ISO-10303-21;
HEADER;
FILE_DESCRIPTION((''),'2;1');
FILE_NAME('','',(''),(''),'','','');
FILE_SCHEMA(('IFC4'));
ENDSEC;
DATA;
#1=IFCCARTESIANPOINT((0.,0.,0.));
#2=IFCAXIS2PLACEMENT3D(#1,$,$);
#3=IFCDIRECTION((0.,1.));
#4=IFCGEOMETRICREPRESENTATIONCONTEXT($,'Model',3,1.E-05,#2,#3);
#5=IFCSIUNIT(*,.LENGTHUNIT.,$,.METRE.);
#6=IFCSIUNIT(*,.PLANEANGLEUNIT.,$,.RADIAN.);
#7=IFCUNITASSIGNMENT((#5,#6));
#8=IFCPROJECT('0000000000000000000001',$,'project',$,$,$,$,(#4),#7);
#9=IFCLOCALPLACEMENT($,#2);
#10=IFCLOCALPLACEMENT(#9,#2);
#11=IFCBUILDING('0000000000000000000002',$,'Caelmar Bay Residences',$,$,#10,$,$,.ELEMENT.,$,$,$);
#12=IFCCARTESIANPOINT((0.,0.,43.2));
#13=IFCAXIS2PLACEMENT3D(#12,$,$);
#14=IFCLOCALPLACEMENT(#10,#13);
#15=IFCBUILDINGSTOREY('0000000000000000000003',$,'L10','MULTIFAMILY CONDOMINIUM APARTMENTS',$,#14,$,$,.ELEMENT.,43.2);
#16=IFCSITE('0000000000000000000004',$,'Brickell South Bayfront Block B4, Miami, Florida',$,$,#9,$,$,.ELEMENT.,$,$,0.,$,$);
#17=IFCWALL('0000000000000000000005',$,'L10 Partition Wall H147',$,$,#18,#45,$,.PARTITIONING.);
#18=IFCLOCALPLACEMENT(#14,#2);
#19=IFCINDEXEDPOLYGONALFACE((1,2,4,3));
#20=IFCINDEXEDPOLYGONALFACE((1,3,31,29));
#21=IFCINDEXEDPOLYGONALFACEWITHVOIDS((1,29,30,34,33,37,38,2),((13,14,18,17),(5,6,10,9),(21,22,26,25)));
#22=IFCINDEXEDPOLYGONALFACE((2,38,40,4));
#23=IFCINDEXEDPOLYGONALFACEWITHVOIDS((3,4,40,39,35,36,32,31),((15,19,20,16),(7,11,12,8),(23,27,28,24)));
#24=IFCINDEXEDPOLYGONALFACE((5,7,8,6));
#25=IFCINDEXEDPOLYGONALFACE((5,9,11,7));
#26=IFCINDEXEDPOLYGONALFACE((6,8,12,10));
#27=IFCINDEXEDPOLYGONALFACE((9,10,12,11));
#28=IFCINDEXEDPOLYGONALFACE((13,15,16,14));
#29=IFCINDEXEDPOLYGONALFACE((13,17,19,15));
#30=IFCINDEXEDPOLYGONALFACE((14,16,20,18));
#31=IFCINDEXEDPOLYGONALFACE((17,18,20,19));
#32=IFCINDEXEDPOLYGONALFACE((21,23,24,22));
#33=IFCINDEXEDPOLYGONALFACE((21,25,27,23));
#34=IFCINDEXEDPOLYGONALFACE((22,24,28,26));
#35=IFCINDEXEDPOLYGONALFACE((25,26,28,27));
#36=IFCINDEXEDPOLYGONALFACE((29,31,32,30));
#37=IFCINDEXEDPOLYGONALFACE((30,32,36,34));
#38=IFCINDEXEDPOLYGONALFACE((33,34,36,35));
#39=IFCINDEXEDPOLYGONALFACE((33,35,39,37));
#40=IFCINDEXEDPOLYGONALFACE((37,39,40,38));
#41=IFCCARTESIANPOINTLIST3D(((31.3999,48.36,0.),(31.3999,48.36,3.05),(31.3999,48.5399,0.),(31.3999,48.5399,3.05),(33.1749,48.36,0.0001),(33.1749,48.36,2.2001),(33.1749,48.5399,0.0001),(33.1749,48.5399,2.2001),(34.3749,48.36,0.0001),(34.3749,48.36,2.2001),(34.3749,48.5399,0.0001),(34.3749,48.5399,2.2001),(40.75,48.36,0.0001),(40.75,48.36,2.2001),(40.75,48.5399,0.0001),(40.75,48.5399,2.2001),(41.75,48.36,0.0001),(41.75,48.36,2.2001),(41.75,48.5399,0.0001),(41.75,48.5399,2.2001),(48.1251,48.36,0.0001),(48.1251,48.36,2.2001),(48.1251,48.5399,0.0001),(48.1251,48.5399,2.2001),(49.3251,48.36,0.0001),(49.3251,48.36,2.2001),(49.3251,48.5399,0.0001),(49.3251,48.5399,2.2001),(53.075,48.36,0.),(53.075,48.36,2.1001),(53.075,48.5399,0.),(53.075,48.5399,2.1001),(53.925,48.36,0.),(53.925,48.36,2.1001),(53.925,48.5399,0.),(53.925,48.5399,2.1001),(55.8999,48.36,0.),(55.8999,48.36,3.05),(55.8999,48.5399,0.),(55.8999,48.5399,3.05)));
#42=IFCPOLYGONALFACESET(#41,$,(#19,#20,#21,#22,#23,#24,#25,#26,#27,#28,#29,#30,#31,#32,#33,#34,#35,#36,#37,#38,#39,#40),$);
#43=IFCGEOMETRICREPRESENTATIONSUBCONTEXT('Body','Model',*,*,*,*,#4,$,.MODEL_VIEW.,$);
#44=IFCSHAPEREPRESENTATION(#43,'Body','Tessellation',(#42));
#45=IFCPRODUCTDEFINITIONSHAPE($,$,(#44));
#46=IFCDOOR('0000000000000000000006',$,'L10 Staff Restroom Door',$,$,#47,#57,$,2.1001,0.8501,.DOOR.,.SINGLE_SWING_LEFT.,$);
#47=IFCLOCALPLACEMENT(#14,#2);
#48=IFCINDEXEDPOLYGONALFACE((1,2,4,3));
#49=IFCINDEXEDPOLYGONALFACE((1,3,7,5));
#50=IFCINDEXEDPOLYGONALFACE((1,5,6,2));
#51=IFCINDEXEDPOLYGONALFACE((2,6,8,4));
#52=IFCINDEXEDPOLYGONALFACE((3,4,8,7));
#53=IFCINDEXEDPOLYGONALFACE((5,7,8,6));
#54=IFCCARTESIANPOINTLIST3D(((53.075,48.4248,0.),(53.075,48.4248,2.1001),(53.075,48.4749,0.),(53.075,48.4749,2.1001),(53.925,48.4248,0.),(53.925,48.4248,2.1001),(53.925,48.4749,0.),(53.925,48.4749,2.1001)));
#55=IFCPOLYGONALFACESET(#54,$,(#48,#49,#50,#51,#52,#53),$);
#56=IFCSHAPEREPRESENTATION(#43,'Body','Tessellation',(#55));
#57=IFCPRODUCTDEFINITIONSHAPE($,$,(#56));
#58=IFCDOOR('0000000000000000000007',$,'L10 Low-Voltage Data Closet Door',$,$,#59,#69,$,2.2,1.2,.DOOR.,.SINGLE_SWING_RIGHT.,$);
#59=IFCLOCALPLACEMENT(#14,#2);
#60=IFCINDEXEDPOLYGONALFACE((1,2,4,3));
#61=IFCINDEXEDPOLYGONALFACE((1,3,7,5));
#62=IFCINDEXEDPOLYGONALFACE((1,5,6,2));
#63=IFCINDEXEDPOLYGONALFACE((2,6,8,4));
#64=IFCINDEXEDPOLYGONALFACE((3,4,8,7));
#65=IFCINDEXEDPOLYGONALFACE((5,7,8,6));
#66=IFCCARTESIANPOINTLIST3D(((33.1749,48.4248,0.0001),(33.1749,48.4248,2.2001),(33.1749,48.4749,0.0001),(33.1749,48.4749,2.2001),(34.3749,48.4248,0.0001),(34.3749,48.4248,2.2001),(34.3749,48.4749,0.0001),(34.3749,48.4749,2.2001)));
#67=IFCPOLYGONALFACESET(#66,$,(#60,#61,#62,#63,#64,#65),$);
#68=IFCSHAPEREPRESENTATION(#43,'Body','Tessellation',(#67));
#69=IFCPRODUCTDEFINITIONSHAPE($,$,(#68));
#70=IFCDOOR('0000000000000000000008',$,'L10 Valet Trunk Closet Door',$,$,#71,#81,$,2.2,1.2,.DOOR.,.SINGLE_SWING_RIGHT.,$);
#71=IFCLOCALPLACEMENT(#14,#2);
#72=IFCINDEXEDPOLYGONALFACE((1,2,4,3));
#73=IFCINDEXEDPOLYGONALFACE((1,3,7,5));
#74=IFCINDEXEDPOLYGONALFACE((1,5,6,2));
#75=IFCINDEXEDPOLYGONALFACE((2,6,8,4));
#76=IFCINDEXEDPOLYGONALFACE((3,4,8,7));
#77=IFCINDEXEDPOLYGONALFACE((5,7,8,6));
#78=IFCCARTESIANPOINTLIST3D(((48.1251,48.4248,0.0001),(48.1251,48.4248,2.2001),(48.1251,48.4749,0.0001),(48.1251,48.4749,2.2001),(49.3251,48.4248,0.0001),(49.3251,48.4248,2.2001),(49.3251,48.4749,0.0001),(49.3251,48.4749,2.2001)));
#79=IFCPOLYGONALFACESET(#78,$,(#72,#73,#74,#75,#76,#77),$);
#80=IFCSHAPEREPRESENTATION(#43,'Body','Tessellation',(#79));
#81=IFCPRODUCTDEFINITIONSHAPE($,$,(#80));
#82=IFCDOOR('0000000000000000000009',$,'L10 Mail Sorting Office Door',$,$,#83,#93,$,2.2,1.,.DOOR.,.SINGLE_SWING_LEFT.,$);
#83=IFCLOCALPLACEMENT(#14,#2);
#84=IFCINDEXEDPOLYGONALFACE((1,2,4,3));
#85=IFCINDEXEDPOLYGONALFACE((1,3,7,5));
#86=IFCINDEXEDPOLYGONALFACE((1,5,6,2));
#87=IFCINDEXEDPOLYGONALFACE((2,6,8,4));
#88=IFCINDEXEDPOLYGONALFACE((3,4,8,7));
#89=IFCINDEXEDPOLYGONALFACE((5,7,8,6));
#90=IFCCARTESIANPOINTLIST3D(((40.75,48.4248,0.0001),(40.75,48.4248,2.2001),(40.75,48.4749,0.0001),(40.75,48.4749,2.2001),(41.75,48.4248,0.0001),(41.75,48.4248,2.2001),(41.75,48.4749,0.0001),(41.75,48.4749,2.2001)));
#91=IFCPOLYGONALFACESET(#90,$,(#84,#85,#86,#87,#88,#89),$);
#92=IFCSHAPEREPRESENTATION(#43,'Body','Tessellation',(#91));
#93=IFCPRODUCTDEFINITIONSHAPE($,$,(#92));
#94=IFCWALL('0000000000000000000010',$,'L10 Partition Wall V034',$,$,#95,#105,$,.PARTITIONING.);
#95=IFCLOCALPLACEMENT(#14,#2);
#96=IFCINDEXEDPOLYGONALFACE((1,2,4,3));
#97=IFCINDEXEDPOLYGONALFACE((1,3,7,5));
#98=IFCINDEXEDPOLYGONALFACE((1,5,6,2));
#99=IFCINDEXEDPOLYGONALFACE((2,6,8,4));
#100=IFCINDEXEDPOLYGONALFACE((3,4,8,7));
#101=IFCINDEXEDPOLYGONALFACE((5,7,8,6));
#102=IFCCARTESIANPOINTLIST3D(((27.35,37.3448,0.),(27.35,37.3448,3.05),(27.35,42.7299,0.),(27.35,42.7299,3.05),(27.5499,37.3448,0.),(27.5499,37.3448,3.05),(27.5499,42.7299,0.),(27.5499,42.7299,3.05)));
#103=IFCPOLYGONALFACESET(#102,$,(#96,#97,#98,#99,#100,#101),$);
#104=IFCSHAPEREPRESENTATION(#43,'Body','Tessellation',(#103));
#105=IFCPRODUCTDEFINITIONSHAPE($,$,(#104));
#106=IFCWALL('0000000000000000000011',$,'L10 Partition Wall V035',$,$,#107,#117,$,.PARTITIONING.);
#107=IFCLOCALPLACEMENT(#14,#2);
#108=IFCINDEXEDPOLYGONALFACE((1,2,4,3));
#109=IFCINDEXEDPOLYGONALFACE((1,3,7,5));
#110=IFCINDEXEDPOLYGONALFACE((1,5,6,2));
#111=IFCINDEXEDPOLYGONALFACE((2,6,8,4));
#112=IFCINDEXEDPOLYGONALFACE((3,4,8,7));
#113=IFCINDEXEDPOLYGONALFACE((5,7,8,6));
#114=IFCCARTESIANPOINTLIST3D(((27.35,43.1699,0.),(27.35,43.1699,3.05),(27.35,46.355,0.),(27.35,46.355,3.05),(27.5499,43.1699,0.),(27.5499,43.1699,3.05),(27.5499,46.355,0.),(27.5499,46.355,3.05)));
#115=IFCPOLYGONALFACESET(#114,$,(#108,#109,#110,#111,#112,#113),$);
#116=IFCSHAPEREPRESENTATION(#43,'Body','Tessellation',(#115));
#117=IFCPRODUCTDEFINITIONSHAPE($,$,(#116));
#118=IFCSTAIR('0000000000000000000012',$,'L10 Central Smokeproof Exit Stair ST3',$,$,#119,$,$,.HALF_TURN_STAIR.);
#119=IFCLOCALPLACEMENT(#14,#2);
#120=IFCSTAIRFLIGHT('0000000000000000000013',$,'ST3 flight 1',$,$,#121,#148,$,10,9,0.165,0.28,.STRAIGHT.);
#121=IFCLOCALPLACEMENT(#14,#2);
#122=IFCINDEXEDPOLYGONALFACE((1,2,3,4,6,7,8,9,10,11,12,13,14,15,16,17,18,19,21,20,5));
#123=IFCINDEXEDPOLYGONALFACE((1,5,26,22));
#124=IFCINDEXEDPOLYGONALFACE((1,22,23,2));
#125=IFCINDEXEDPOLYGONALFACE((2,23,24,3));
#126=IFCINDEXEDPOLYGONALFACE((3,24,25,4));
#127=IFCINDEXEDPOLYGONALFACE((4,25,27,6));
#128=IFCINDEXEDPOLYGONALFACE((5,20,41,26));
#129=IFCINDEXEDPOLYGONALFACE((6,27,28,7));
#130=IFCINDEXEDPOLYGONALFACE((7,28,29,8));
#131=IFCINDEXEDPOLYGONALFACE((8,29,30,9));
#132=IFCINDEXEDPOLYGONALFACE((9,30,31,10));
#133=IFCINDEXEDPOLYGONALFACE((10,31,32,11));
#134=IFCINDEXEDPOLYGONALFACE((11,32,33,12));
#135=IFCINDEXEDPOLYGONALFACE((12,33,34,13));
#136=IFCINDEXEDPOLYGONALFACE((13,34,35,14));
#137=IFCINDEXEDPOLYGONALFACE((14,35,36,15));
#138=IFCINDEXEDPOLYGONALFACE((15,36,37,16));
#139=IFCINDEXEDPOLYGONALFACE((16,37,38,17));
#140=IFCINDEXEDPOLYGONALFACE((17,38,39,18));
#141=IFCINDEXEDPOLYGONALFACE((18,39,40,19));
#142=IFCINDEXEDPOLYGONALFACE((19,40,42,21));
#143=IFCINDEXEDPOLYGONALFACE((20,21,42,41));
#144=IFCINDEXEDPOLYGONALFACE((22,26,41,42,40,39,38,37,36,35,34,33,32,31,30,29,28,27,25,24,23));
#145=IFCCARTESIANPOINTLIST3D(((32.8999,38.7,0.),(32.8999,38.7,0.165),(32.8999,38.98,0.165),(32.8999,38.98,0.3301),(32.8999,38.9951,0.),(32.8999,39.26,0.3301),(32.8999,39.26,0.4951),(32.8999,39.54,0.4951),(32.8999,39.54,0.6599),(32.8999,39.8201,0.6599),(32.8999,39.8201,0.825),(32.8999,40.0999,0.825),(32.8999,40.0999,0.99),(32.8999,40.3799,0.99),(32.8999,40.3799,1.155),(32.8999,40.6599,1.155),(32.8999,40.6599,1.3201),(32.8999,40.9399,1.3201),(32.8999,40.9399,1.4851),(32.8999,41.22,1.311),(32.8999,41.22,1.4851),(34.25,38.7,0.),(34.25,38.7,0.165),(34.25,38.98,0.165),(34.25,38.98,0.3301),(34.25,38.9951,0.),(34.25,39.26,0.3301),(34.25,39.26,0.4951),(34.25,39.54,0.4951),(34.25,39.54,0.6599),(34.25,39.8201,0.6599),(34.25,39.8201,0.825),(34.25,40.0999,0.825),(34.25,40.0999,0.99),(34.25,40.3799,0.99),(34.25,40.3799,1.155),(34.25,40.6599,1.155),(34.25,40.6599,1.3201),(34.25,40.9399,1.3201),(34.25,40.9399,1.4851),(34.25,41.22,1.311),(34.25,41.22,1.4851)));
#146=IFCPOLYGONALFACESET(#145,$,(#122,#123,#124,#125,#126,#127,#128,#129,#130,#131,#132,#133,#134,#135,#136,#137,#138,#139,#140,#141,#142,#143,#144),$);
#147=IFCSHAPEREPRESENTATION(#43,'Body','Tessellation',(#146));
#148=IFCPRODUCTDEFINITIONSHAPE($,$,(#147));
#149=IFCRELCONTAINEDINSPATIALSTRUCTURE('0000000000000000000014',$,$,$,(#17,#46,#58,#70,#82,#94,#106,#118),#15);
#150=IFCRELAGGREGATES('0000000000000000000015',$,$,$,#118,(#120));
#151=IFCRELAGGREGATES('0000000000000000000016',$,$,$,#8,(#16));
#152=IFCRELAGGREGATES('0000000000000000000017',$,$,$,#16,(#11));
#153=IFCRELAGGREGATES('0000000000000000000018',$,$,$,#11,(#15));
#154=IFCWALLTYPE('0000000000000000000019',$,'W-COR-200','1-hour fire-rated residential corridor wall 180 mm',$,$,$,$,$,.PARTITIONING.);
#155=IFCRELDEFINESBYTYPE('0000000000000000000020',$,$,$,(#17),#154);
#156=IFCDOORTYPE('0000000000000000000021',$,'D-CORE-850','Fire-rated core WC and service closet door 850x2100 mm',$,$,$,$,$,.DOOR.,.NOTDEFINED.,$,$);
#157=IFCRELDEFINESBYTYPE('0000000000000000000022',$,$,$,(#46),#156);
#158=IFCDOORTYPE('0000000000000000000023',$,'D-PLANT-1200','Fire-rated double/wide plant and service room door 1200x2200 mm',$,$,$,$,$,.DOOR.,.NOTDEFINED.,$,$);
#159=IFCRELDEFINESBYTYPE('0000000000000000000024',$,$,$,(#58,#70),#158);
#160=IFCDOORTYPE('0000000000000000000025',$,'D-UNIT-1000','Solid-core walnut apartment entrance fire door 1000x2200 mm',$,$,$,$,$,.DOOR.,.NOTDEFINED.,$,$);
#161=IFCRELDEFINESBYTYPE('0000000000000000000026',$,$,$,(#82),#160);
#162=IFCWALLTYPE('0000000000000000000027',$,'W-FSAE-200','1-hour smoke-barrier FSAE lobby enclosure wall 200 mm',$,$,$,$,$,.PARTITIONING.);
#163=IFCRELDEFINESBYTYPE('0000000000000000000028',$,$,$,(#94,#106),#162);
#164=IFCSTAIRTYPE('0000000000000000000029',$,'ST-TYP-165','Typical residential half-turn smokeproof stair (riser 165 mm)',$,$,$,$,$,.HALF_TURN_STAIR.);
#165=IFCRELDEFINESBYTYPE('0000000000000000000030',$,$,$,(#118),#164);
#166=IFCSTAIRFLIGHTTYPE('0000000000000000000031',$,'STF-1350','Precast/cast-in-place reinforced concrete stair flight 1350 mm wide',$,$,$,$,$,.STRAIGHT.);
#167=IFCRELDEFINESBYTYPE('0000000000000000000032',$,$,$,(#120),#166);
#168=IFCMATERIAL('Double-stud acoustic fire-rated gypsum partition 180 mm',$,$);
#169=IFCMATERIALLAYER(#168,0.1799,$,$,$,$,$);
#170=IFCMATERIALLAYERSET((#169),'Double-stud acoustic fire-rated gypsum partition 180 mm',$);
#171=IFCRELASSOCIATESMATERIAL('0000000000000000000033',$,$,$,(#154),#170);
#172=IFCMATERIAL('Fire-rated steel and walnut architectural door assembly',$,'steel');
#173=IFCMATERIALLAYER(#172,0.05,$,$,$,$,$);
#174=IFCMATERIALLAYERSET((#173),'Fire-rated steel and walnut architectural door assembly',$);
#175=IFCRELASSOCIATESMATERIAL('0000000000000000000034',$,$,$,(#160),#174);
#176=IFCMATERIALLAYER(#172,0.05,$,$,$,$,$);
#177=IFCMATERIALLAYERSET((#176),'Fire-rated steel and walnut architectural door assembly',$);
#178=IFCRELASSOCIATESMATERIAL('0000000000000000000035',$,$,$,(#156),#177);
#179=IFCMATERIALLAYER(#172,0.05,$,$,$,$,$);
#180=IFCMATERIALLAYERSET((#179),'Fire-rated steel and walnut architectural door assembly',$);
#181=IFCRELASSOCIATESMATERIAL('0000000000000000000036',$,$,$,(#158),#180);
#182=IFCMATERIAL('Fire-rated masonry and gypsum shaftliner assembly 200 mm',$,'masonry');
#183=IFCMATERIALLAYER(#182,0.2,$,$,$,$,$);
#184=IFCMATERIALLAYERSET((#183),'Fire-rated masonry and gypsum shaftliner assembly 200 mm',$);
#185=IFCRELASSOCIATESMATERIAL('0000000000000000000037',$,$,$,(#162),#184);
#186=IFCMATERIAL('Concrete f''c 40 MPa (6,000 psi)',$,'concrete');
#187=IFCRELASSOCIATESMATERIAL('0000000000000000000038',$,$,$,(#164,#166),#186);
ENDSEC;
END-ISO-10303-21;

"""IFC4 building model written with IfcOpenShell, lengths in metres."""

from ifc_helpers import new_model, si_unit, direction, frame, frame_2d, origin, place, context, subcontext, project, spatial, polyline, rectangle, outline, extrude, material, layer, layer_set, type_object, element, fill, aggregate, save


model = new_model("IFC4")

# Units and contexts
model_context = context("Model", 3, precision=1e-05, world=origin(), true_north=direction((0.0, 1.0)))
body_context = subcontext(model_context, "Body", "Model", "MODEL_VIEW")
ifc_project = project(units=[si_unit("LENGTHUNIT", "METRE"), si_unit("PLANEANGLEUNIT", "RADIAN")], contexts=[model_context])

# Site, building, storey
site_placement = place(None, origin())
site = spatial("IfcSite", under=ifc_project, at=site_placement, Name="Brickell South Bayfront Block B4, Miami, Florida", CompositionType="ELEMENT", RefElevation=0.0)
building_placement = place(site_placement, origin())
building = spatial("IfcBuilding", under=site, at=building_placement, Name="Caelmar Bay Residences", CompositionType="ELEMENT")
storey_placement = place(building_placement, frame((0.0, 0.0, 43.2)))
storey = spatial("IfcBuildingStorey", under=building, at=storey_placement, Name="L10", Description="MULTIFAMILY CONDOMINIUM APARTMENTS", CompositionType="ELEMENT", Elevation=43.2)

# Shared definitions
ifc_material_1 = material(Name="Double-stud acoustic fire-rated gypsum partition 180 mm")
ifc_layer_1 = layer(ifc_material_1, 0.1799)
ifc_layer_set_1 = layer_set([ifc_layer_1], Name="Double-stud acoustic fire-rated gypsum partition 180 mm")
wall_type_1 = type_object("IfcWallType", Name="W-COR-200", Description="1-hour fire-rated residential corridor wall 180 mm", PredefinedType="PARTITIONING", material=ifc_layer_set_1)

# Wall, openings, doors
ifc_material_2 = material(Name="Fire-rated steel and walnut architectural door assembly", Category="steel")
ifc_layer_2 = layer(ifc_material_2, 0.05)
ifc_layer_set_2 = layer_set([ifc_layer_2], Name="Fire-rated steel and walnut architectural door assembly")
door_type_1 = type_object("IfcDoorType", Name="D-UNIT-1000", Description="Solid-core walnut apartment entrance fire door 1000x2200 mm", OperationType="NOTDEFINED", PredefinedType="DOOR", material=ifc_layer_set_2)
wall_1_placement = place(storey_placement, frame((31.3999, 48.45, 0.0), z_axis=(0.0, 0.0, 1.0), x_axis=(1.0, 0.0, 0.0)))
wall_1 = element("IfcWall", 1, at=wall_1_placement, inside=storey, type_object=wall_type_1, Name="L10 Partition Wall H147", PredefinedType="PARTITIONING", context=body_context, shape_type="SweptSolid", body=[
    extrude(rectangle(XDim=24.5, YDim=0.1799, at=frame_2d((12.25, 0.0))), origin(), (0.0, 0.0, 1.0), 3.05),
])
opening_1_placement = place(wall_1_placement, frame((1.7749, 0.0, 0.0)))
opening_1 = element("IfcOpeningElement", 2, at=opening_1_placement, cuts=wall_1, PredefinedType="OPENING", context=body_context, shape_type="SweptSolid", body=[
    extrude(rectangle(XDim=1.2, YDim=2.2, at=frame_2d((0.6001, 1.1001))), frame((0.0, 0.0999, 0.0), z_axis=(0.0, -1.0, 0.0), x_axis=(1.0, 0.0, 0.0)), (0.0, 0.0, 1.0), 0.2),
])
opening_2_placement = place(wall_1_placement, frame((9.3501, 0.0, 0.0)))
opening_2 = element("IfcOpeningElement", 3, at=opening_2_placement, cuts=wall_1, PredefinedType="OPENING", context=body_context, shape_type="SweptSolid", body=[
    extrude(rectangle(XDim=1.0, YDim=2.2, at=frame_2d((0.5, 1.1001))), frame((0.0, 0.0999, 0.0), z_axis=(0.0, -1.0, 0.0), x_axis=(1.0, 0.0, 0.0)), (0.0, 0.0, 1.0), 0.2),
])
opening_3_placement = place(wall_1_placement, frame((16.7251, 0.0, 0.0)))
opening_3 = element("IfcOpeningElement", 4, at=opening_3_placement, cuts=wall_1, PredefinedType="OPENING", context=body_context, shape_type="SweptSolid", body=[
    extrude(rectangle(XDim=1.2, YDim=2.2, at=frame_2d((0.6001, 1.1001))), frame((0.0, 0.0999, 0.0), z_axis=(0.0, -1.0, 0.0), x_axis=(1.0, 0.0, 0.0)), (0.0, 0.0, 1.0), 0.2),
])
opening_4_placement = place(wall_1_placement, frame((21.675, 0.0, 0.0)))
opening_4 = element("IfcOpeningElement", 5, at=opening_4_placement, cuts=wall_1, PredefinedType="OPENING", context=body_context, shape_type="SweptSolid", body=[
    extrude(rectangle(XDim=0.8501, YDim=2.1001, at=frame_2d((0.425, 1.05))), frame((0.0, 0.0999, 0.0), z_axis=(0.0, -1.0, 0.0), x_axis=(1.0, 0.0, 0.0)), (0.0, 0.0, 1.0), 0.2),
])
ifc_layer_3 = layer(ifc_material_2, 0.05)
ifc_layer_set_3 = layer_set([ifc_layer_3], Name="Fire-rated steel and walnut architectural door assembly")
door_type_2 = type_object("IfcDoorType", Name="D-CORE-850", Description="Fire-rated core WC and service closet door 850x2100 mm", OperationType="NOTDEFINED", PredefinedType="DOOR", material=ifc_layer_set_3)
door_1_placement = place(opening_4_placement, origin())
door_1 = element("IfcDoor", 6, at=door_1_placement, inside=storey, type_object=door_type_2, Name="L10 Staff Restroom Door", OperationType="SINGLE_SWING_LEFT", OverallHeight=2.1001, OverallWidth=0.8501, PredefinedType="DOOR", context=body_context, shape_type="SweptSolid", body=[
    extrude(rectangle(XDim=0.8501, YDim=2.1001, at=frame_2d((0.425, 1.05))), frame((0.0, 0.0249, 0.0), z_axis=(0.0, -1.0, 0.0), x_axis=(1.0, 0.0, 0.0)), (0.0, 0.0, 1.0), 0.05),
])
fill(opening_4, door_1)
ifc_layer_4 = layer(ifc_material_2, 0.05)
ifc_layer_set_4 = layer_set([ifc_layer_4], Name="Fire-rated steel and walnut architectural door assembly")
door_type_3 = type_object("IfcDoorType", Name="D-PLANT-1200", Description="Fire-rated double/wide plant and service room door 1200x2200 mm", OperationType="NOTDEFINED", PredefinedType="DOOR", material=ifc_layer_set_4)
door_2_placement = place(opening_1_placement, origin())
door_2 = element("IfcDoor", 7, at=door_2_placement, inside=storey, type_object=door_type_3, Name="L10 Low-Voltage Data Closet Door", OperationType="SINGLE_SWING_RIGHT", OverallHeight=2.2, OverallWidth=1.2, PredefinedType="DOOR", context=body_context, shape_type="SweptSolid", body=[
    extrude(rectangle(XDim=1.2, YDim=2.2, at=frame_2d((0.6001, 1.1001))), frame((0.0, 0.0249, 0.0), z_axis=(0.0, -1.0, 0.0), x_axis=(1.0, 0.0, 0.0)), (0.0, 0.0, 1.0), 0.05),
])
fill(opening_1, door_2)
door_3_placement = place(opening_3_placement, origin())
door_3 = element("IfcDoor", 8, at=door_3_placement, inside=storey, type_object=door_type_3, Name="L10 Valet Trunk Closet Door", OperationType="SINGLE_SWING_RIGHT", OverallHeight=2.2, OverallWidth=1.2, PredefinedType="DOOR", context=body_context, shape_type="SweptSolid", body=[
    extrude(rectangle(XDim=1.2, YDim=2.2, at=frame_2d((0.6001, 1.1001))), frame((0.0, 0.0249, 0.0), z_axis=(0.0, -1.0, 0.0), x_axis=(1.0, 0.0, 0.0)), (0.0, 0.0, 1.0), 0.05),
])
fill(opening_3, door_3)
door_4_placement = place(opening_2_placement, origin())
door_4 = element("IfcDoor", 9, at=door_4_placement, inside=storey, type_object=door_type_1, Name="L10 Mail Sorting Office Door", OperationType="SINGLE_SWING_LEFT", OverallHeight=2.2, OverallWidth=1.0, PredefinedType="DOOR", context=body_context, shape_type="SweptSolid", body=[
    extrude(rectangle(XDim=1.0, YDim=2.2, at=frame_2d((0.5, 1.1001))), frame((0.0, 0.0249, 0.0), z_axis=(0.0, -1.0, 0.0), x_axis=(1.0, 0.0, 0.0)), (0.0, 0.0, 1.0), 0.05),
])
fill(opening_2, door_4)

# Walls
ifc_material_3 = material(Name="Fire-rated masonry and gypsum shaftliner assembly 200 mm", Category="masonry")
ifc_layer_5 = layer(ifc_material_3, 0.2)
ifc_layer_set_5 = layer_set([ifc_layer_5], Name="Fire-rated masonry and gypsum shaftliner assembly 200 mm")
wall_type_2 = type_object("IfcWallType", Name="W-FSAE-200", Description="1-hour smoke-barrier FSAE lobby enclosure wall 200 mm", PredefinedType="PARTITIONING", material=ifc_layer_set_5)
wall_2_placement = place(storey_placement, frame((27.45, 37.345, 0.0), z_axis=(0.0, 0.0, 1.0), x_axis=(0.0, 1.0, 0.0)))
element("IfcWall", 10, at=wall_2_placement, inside=storey, type_object=wall_type_2, Name="L10 Partition Wall V034", PredefinedType="PARTITIONING", context=body_context, shape_type="SweptSolid", body=[
    extrude(rectangle(XDim=5.385, YDim=0.2, at=frame_2d((2.6924, 0.0))), origin(), (0.0, 0.0, 1.0), 3.05),
])
wall_3_placement = place(storey_placement, frame((27.45, 43.1699, 0.0), z_axis=(0.0, 0.0, 1.0), x_axis=(0.0, 1.0, 0.0)))
element("IfcWall", 11, at=wall_3_placement, inside=storey, type_object=wall_type_2, Name="L10 Partition Wall V035", PredefinedType="PARTITIONING", context=body_context, shape_type="SweptSolid", body=[
    extrude(rectangle(XDim=3.1851, YDim=0.2, at=frame_2d((1.5925, 0.0))), origin(), (0.0, 0.0, 1.0), 3.05),
])

# Stair, stair flight
ifc_material_4 = material(Name="Concrete f'c 40 MPa (6,000 psi)", Category="concrete")
stair_type = type_object("IfcStairType", Name="ST-TYP-165", Description="Typical residential half-turn smokeproof stair (riser 165 mm)", PredefinedType="HALF_TURN_STAIR", material=ifc_material_4)
stair_placement = place(storey_placement, origin())
stair = element("IfcStair", 12, at=stair_placement, inside=storey, type_object=stair_type, Name="L10 Central Smokeproof Exit Stair ST3", PredefinedType="HALF_TURN_STAIR")
stair_flight_type = type_object("IfcStairFlightType", Name="STF-1350", Description="Precast/cast-in-place reinforced concrete stair flight 1350 mm wide", PredefinedType="STRAIGHT", material=ifc_material_4)
stair_flight_1_placement = place(storey_placement, frame((33.575, 38.7, 0.0), z_axis=(0.0, 0.0, 1.0), x_axis=(0.0, 1.0, 0.0)))
stair_flight_1 = element("IfcStairFlight", 13, at=stair_flight_1_placement, type_object=stair_flight_type, Name="ST3 flight 1", NumberOfRisers=10, NumberOfTreads=9, PredefinedType="STRAIGHT", RiserHeight=0.165, TreadLength=0.28, context=body_context, shape_type="SweptSolid", body=[
    extrude(outline(polyline([(0.0, 0.0), (0.0, 0.165), (0.28, 0.165), (0.28, 0.3301), (0.5601, 0.3301), (0.5601, 0.4951), (0.8401, 0.4951), (0.8401, 0.6599), (1.1201, 0.6599), (1.1201, 0.825), (1.3999, 0.825), (1.3999, 0.99), (1.6799, 0.99), (1.6799, 1.155), (1.96, 1.155), (1.96, 1.3201), (2.24, 1.3201), (2.24, 1.4851), (2.52, 1.4851), (2.52, 1.6499), (2.52, 1.311), (0.2952, 0.0), (0.0, 0.0)])), frame((0.0, 0.675, 0.0), z_axis=(0.0, -1.0, 0.0), x_axis=(1.0, 0.0, 0.0)), (0.0, 0.0, 1.0), 1.3501),
])
aggregate(stair, [stair_flight_1])

save(model, "model.ifc")
